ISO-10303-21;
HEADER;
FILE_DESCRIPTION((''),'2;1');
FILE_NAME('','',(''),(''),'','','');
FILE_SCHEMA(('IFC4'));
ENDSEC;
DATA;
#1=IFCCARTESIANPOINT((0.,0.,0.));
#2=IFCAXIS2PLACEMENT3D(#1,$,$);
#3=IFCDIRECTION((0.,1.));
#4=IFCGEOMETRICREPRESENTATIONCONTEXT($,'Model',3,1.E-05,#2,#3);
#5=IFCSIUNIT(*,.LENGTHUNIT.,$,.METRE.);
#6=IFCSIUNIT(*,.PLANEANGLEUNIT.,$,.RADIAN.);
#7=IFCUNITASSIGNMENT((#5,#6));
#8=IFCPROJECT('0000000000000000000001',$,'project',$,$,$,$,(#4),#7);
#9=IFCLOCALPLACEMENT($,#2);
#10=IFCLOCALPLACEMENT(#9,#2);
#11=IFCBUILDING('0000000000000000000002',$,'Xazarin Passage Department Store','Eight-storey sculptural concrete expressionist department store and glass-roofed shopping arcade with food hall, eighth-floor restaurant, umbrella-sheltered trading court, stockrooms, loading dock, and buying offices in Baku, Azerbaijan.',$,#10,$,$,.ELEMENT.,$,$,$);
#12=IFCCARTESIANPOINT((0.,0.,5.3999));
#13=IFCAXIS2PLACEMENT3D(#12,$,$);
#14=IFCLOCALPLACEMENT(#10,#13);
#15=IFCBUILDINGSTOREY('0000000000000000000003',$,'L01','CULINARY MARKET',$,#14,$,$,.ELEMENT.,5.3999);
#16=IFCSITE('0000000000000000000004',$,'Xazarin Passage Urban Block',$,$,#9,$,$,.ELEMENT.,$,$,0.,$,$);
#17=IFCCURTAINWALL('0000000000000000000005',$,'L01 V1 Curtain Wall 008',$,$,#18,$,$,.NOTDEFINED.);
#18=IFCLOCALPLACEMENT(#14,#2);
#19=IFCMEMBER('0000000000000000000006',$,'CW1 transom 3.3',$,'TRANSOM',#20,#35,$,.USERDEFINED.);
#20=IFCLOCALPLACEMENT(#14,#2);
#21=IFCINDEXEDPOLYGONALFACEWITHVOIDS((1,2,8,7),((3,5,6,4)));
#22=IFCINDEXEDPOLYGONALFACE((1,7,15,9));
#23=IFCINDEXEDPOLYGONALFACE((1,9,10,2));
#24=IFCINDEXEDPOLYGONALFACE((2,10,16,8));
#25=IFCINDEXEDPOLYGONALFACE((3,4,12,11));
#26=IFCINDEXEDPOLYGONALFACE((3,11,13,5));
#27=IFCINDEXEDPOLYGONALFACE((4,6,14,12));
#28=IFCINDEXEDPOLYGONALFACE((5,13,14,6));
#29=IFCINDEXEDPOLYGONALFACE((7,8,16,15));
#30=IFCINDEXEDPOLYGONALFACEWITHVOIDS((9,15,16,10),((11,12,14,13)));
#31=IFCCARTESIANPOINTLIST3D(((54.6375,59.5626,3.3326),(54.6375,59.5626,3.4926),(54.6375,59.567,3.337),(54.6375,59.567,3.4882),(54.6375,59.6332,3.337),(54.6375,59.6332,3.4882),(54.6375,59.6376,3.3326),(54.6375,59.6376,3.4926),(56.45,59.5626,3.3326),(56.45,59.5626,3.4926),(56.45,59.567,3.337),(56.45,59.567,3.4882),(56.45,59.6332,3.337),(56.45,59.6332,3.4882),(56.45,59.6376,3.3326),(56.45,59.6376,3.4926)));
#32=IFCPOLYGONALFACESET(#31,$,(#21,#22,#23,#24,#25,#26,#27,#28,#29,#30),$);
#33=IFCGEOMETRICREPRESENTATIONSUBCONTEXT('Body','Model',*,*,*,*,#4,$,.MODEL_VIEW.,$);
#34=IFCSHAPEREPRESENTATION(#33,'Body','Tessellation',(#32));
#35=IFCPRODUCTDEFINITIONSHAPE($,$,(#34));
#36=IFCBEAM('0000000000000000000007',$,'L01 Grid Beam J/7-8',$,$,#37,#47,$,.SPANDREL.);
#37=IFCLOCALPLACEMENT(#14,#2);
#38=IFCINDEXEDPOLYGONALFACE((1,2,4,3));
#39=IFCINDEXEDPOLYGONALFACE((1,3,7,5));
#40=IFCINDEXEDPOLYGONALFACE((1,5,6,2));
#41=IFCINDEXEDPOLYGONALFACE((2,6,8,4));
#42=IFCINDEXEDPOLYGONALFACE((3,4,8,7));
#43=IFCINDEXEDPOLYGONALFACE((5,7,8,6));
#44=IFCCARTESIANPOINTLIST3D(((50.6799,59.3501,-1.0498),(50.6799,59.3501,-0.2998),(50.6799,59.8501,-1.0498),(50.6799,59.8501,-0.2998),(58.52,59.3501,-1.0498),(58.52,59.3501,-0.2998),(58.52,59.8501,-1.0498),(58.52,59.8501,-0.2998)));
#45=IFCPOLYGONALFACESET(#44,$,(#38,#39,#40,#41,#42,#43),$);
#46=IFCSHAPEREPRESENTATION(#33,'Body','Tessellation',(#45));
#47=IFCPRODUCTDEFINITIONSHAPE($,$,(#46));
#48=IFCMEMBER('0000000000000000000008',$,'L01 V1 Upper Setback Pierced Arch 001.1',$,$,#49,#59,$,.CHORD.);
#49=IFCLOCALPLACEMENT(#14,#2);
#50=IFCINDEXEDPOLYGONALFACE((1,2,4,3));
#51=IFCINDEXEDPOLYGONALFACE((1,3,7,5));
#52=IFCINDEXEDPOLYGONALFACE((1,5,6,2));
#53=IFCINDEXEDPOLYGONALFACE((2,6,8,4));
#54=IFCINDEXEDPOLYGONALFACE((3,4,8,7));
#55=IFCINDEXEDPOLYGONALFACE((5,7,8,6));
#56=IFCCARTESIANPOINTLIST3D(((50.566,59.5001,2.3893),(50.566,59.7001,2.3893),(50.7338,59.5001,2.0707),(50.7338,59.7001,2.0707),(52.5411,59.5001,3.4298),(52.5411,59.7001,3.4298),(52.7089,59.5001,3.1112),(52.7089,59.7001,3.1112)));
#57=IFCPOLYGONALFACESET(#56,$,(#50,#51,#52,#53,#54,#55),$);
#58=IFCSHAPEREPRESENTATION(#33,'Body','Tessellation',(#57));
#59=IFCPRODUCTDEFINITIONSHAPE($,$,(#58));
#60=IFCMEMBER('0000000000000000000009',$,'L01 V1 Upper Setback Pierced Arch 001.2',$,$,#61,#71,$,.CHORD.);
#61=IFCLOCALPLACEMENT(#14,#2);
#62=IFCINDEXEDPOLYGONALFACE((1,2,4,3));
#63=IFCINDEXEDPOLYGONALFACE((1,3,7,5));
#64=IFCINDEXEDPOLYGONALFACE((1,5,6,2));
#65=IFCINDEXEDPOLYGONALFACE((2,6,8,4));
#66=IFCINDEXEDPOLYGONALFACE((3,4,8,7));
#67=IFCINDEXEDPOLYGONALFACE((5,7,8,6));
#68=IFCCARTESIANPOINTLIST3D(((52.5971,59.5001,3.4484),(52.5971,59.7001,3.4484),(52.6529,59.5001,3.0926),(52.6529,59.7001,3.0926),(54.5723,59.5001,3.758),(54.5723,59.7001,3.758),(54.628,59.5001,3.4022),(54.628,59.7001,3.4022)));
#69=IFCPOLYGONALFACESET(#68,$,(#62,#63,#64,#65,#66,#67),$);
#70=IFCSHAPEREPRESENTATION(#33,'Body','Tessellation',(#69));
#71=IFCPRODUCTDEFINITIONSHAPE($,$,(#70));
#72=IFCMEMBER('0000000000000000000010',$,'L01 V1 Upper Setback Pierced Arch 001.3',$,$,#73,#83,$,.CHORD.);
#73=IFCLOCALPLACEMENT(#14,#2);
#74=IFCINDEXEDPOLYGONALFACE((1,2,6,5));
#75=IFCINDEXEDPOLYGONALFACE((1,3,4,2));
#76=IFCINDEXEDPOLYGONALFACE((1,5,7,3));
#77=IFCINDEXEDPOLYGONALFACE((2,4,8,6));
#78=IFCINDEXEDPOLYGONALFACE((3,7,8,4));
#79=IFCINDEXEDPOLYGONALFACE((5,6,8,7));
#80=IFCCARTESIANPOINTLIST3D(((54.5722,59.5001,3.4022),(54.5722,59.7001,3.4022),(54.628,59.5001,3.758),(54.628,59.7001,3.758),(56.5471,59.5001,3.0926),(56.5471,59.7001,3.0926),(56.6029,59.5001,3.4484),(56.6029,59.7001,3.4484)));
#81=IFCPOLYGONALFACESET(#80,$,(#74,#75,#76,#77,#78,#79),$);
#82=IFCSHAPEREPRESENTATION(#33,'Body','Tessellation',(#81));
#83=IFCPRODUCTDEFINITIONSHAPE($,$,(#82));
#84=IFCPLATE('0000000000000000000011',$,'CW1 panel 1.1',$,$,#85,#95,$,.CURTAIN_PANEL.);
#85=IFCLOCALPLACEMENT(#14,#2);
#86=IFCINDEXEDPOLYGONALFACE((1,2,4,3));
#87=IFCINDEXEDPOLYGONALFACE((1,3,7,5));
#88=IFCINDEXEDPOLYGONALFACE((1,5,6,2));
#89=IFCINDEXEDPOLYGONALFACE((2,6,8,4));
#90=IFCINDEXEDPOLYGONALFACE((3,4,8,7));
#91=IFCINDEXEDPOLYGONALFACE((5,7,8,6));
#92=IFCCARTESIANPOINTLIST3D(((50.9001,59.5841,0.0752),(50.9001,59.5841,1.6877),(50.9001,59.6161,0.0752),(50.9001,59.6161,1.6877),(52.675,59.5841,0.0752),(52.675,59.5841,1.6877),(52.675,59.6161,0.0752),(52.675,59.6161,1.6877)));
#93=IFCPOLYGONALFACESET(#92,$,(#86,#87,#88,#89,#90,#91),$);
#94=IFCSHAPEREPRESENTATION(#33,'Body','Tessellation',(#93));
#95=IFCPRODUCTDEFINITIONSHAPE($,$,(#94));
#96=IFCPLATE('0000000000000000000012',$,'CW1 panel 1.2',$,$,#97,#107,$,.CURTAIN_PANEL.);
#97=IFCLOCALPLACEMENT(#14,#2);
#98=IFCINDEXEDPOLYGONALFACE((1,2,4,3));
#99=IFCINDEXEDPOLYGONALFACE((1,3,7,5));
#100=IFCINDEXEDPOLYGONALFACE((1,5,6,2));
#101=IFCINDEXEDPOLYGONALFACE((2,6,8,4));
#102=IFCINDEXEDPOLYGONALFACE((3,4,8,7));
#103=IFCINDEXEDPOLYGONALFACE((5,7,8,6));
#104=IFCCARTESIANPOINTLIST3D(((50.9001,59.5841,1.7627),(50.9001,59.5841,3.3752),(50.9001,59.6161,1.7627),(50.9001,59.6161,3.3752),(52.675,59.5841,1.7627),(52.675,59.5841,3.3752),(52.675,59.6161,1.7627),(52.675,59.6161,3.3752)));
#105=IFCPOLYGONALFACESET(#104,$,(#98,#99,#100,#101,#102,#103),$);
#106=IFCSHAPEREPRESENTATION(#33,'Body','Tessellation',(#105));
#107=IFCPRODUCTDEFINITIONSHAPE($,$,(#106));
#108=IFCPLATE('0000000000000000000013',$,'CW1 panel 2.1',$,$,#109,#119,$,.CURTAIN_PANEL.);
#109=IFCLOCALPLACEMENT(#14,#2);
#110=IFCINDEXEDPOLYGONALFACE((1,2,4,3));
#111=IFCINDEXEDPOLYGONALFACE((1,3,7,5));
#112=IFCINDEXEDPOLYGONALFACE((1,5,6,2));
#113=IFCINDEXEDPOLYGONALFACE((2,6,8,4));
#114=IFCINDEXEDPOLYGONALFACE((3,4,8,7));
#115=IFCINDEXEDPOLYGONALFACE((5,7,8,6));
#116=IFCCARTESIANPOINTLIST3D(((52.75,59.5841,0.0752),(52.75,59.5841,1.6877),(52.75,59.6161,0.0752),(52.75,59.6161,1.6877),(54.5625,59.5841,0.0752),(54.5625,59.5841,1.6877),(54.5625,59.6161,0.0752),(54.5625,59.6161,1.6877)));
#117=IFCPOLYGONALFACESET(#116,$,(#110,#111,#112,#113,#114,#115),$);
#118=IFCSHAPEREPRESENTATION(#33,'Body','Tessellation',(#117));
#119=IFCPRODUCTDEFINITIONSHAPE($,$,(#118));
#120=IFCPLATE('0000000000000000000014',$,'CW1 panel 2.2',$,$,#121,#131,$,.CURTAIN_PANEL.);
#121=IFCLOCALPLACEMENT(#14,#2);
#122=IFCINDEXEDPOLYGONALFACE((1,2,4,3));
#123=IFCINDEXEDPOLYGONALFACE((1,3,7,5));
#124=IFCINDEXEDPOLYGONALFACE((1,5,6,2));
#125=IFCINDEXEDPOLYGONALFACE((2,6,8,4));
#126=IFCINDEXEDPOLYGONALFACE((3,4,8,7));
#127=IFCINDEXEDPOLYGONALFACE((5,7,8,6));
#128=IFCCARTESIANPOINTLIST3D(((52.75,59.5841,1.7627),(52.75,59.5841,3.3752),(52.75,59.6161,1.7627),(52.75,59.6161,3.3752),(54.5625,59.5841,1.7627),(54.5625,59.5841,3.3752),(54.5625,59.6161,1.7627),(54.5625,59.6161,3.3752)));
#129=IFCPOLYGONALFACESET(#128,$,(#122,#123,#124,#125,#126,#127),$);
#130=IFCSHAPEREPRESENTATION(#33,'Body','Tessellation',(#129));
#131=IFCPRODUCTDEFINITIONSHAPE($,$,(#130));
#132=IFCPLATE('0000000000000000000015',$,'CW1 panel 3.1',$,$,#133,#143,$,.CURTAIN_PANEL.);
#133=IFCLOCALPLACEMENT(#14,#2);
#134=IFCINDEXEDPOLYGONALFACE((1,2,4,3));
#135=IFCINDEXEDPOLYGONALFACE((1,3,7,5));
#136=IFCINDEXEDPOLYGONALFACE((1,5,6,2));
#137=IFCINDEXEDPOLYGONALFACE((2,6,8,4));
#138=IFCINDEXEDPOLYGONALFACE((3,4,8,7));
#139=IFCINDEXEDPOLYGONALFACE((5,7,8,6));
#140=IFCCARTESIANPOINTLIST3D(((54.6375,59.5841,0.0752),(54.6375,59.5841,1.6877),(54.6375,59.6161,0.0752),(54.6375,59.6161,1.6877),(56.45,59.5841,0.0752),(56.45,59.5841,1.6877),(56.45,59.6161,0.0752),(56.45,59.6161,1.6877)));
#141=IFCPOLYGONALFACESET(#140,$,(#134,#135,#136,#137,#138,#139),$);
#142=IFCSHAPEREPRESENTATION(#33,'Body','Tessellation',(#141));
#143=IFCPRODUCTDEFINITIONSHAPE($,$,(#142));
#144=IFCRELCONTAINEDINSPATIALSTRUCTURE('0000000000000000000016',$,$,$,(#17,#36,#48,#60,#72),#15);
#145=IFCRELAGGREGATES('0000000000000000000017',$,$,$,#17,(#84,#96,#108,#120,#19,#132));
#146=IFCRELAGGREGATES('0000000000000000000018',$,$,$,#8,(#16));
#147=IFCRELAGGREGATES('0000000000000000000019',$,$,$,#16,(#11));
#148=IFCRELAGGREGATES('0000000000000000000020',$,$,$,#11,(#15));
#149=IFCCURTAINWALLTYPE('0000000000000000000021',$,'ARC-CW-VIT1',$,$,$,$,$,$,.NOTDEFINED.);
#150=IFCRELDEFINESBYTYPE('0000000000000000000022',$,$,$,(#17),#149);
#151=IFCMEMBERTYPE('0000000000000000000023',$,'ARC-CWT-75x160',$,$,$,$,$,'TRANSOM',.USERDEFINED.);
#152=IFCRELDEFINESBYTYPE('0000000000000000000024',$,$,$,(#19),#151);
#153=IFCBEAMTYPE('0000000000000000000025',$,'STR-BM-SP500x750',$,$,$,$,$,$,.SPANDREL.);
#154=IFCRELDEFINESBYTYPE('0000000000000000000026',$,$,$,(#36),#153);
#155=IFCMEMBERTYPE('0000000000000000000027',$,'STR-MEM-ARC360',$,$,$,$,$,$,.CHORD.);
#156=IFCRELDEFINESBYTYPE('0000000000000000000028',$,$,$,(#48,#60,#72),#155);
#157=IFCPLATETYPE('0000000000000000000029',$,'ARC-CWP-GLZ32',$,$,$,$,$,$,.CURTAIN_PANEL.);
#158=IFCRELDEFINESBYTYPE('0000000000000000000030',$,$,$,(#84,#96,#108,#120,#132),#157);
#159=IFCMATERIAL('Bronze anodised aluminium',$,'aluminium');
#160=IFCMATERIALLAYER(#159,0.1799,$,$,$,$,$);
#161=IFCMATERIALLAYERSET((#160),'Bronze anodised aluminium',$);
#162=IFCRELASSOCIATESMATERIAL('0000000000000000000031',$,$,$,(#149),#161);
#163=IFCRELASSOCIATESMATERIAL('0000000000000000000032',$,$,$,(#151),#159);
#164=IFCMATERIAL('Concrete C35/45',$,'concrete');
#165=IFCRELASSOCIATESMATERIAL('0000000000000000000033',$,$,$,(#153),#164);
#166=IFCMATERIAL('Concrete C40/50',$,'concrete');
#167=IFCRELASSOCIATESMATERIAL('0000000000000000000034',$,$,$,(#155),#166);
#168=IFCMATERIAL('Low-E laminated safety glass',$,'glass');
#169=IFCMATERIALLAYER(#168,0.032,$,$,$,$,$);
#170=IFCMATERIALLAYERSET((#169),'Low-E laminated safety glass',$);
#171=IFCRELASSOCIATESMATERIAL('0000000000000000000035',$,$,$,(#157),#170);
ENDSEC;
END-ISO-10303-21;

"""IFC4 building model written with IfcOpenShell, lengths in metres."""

from ifc_helpers import new_model, si_unit, direction, frame, origin, origin_2d, place, context, subcontext, project, spatial, rectangle, hollow_rectangle, extrude, material, layer, layer_set, material_profile, profile_set, type_object, element, aggregate, save


model = new_model("IFC4")

# Units and contexts
model_context = context("Model", 3, precision=1e-05, world=origin(), true_north=direction((0.0, 1.0)))
body_context = subcontext(model_context, "Body", "Model", "MODEL_VIEW")
ifc_project = project(units=[si_unit("LENGTHUNIT", "METRE"), si_unit("PLANEANGLEUNIT", "RADIAN")], contexts=[model_context])

# Site, building, storey
site_placement = place(None, origin())
site = spatial("IfcSite", under=ifc_project, at=site_placement, Name="Xazarin Passage Urban Block", CompositionType="ELEMENT", RefElevation=0.0)
building_placement = place(site_placement, origin())
building = spatial("IfcBuilding", under=site, at=building_placement, Name="Xazarin Passage Department Store", Description="Eight-storey sculptural concrete expressionist department store and glass-roofed shopping arcade with food hall, eighth-floor restaurant, umbrella-sheltered trading court, stockrooms, loading dock, and buying offices in Baku, Azerbaijan.", CompositionType="ELEMENT")
storey_placement = place(building_placement, frame((0.0, 0.0, 5.3999)))
storey = spatial("IfcBuildingStorey", under=building, at=storey_placement, Name="L01", Description="CULINARY MARKET", CompositionType="ELEMENT", Elevation=5.3999)

# Curtain wall, member
ifc_material_1 = material(Name="Bronze anodised aluminium", Category="aluminium")
ifc_layer_1 = layer(ifc_material_1, 0.1799)
ifc_layer_set_1 = layer_set([ifc_layer_1], Name="Bronze anodised aluminium")
curtain_wall_type = type_object("IfcCurtainWallType", Name="ARC-CW-VIT1", PredefinedType="NOTDEFINED", material=ifc_layer_set_1)
curtain_wall_placement = place(storey_placement, origin())
curtain_wall = element("IfcCurtainWall", 1, at=curtain_wall_placement, inside=storey, type_object=curtain_wall_type, Name="L01 V1 Curtain Wall 008", PredefinedType="NOTDEFINED")
ifc_material_profile_1 = material_profile(ifc_material_1, hollow_rectangle(XDim=0.075, YDim=0.1599, WallThickness=0.0044, at=origin_2d()), Name="ALU 75x160")
ifc_profile_set_1 = profile_set([ifc_material_profile_1], Name="Bronze anodised aluminium")
member_type_1 = type_object("IfcMemberType", Name="ARC-CWT-75x160", ElementType="TRANSOM", PredefinedType="USERDEFINED", material=ifc_profile_set_1)
member_1_placement = place(storey_placement, frame((54.6375, 59.6001, 3.4126), z_axis=(1.0, 0.0, 0.0), x_axis=(0.0, 1.0, 0.0)))
member_1 = element("IfcMember", 2, at=member_1_placement, type_object=member_type_1, Name="CW1 transom 3.3", ObjectType="TRANSOM", PredefinedType="USERDEFINED", context=body_context, shape_type="SweptSolid", body=[
    extrude(hollow_rectangle(XDim=0.075, YDim=0.1599, WallThickness=0.0044, at=origin_2d()), origin(), (0.0, 0.0, 1.0), 1.8125),
])

# Beam
ifc_material_2 = material(Name="Concrete C35/45", Category="concrete")
ifc_material_profile_2 = material_profile(ifc_material_2, rectangle(XDim=0.5, YDim=0.75, at=origin_2d()), Name="RC 500x750")
ifc_profile_set_2 = profile_set([ifc_material_profile_2], Name="Concrete C35/45")
beam_type = type_object("IfcBeamType", Name="STR-BM-SP500x750", PredefinedType="SPANDREL", material=ifc_profile_set_2)
beam_placement = place(storey_placement, frame((50.6799, 59.6001, -0.6748), z_axis=(1.0, 0.0, 0.0), x_axis=(0.0, 1.0, 0.0)))
element("IfcBeam", 3, at=beam_placement, inside=storey, type_object=beam_type, Name="L01 Grid Beam J/7-8", PredefinedType="SPANDREL", context=body_context, shape_type="SweptSolid", body=[
    extrude(rectangle(XDim=0.5, YDim=0.75, at=origin_2d()), origin(), (0.0, 0.0, 1.0), 7.8401),
])

# Members
ifc_material_3 = material(Name="Concrete C40/50", Category="concrete")
ifc_material_profile_3 = material_profile(ifc_material_3, rectangle(XDim=0.2, YDim=0.3601, at=origin_2d()), Name="RC 200x360")
ifc_profile_set_3 = profile_set([ifc_material_profile_3], Name="Concrete C40/50")
member_type_2 = type_object("IfcMemberType", Name="STR-MEM-ARC360", PredefinedType="CHORD", material=ifc_profile_set_3)
member_2_placement = place(storey_placement, frame((50.6499, 59.6001, 2.23), z_axis=(0.884733, 0.0, 0.466098), x_axis=(0.0, 1.0, 0.0)))
element("IfcMember", 4, at=member_2_placement, inside=storey, type_object=member_type_2, Name="L01 V1 Upper Setback Pierced Arch 001.1", PredefinedType="CHORD", context=body_context, shape_type="SweptSolid", body=[
    extrude(rectangle(XDim=0.2, YDim=0.3601, at=origin_2d()), origin(), (0.0, 0.0, 1.0), 2.2324),
])
member_3_placement = place(storey_placement, frame((52.625, 59.6001, 3.2705), z_axis=(0.987939, 0.0, 0.154846), x_axis=(0.0, 1.0, 0.0)))
element("IfcMember", 5, at=member_3_placement, inside=storey, type_object=member_type_2, Name="L01 V1 Upper Setback Pierced Arch 001.2", PredefinedType="CHORD", context=body_context, shape_type="SweptSolid", body=[
    extrude(rectangle(XDim=0.2, YDim=0.3601, at=origin_2d()), origin(), (0.0, 0.0, 1.0), 1.9993),
])
member_4_placement = place(storey_placement, frame((54.6001, 59.6001, 3.5801), z_axis=(0.987936, 0.0, -0.154865), x_axis=(0.0, 1.0, 0.0)))
element("IfcMember", 6, at=member_4_placement, inside=storey, type_object=member_type_2, Name="L01 V1 Upper Setback Pierced Arch 001.3", PredefinedType="CHORD", context=body_context, shape_type="SweptSolid", body=[
    extrude(rectangle(XDim=0.2, YDim=0.3601, at=origin_2d()), origin(), (0.0, 0.0, 1.0), 1.999),
])

# Plates
ifc_material_4 = material(Name="Low-E laminated safety glass", Category="glass")
ifc_layer_2 = layer(ifc_material_4, 0.032)
ifc_layer_set_2 = layer_set([ifc_layer_2], Name="Low-E laminated safety glass")
plate_type = type_object("IfcPlateType", Name="ARC-CWP-GLZ32", PredefinedType="CURTAIN_PANEL", material=ifc_layer_set_2)
plate_1_placement = place(storey_placement, frame((51.7876, 59.6001, 0.0752), z_axis=(0.0, 0.0, 1.0), x_axis=(1.0, 0.0, 0.0)))
plate_1 = element("IfcPlate", 7, at=plate_1_placement, type_object=plate_type, Name="CW1 panel 1.1", PredefinedType="CURTAIN_PANEL", context=body_context, shape_type="SweptSolid", body=[
    extrude(rectangle(XDim=1.7749, YDim=0.032, at=origin_2d()), origin(), (0.0, 0.0, 1.0), 1.6125),
])
plate_2_placement = place(storey_placement, frame((51.7876, 59.6001, 1.7627), z_axis=(0.0, 0.0, 1.0), x_axis=(1.0, 0.0, 0.0)))
plate_2 = element("IfcPlate", 8, at=plate_2_placement, type_object=plate_type, Name="CW1 panel 1.2", PredefinedType="CURTAIN_PANEL", context=body_context, shape_type="SweptSolid", body=[
    extrude(rectangle(XDim=1.7749, YDim=0.032, at=origin_2d()), origin(), (0.0, 0.0, 1.0), 1.6125),
])
plate_3_placement = place(storey_placement, frame((53.6562, 59.6001, 0.0752), z_axis=(0.0, 0.0, 1.0), x_axis=(1.0, 0.0, 0.0)))
plate_3 = element("IfcPlate", 9, at=plate_3_placement, type_object=plate_type, Name="CW1 panel 2.1", PredefinedType="CURTAIN_PANEL", context=body_context, shape_type="SweptSolid", body=[
    extrude(rectangle(XDim=1.8125, YDim=0.032, at=origin_2d()), origin(), (0.0, 0.0, 1.0), 1.6125),
])
plate_4_placement = place(storey_placement, frame((53.6562, 59.6001, 1.7627), z_axis=(0.0, 0.0, 1.0), x_axis=(1.0, 0.0, 0.0)))
plate_4 = element("IfcPlate", 10, at=plate_4_placement, type_object=plate_type, Name="CW1 panel 2.2", PredefinedType="CURTAIN_PANEL", context=body_context, shape_type="SweptSolid", body=[
    extrude(rectangle(XDim=1.8125, YDim=0.032, at=origin_2d()), origin(), (0.0, 0.0, 1.0), 1.6125),
])
plate_5_placement = place(storey_placement, frame((55.5437, 59.6001, 0.0752), z_axis=(0.0, 0.0, 1.0), x_axis=(1.0, 0.0, 0.0)))
plate_5 = element("IfcPlate", 11, at=plate_5_placement, type_object=plate_type, Name="CW1 panel 3.1", PredefinedType="CURTAIN_PANEL", context=body_context, shape_type="SweptSolid", body=[
    extrude(rectangle(XDim=1.8125, YDim=0.032, at=origin_2d()), origin(), (0.0, 0.0, 1.0), 1.6125),
])
aggregate(curtain_wall, [plate_1, plate_2, plate_3, plate_4, member_1, plate_5])

save(model, "model.ifc")
